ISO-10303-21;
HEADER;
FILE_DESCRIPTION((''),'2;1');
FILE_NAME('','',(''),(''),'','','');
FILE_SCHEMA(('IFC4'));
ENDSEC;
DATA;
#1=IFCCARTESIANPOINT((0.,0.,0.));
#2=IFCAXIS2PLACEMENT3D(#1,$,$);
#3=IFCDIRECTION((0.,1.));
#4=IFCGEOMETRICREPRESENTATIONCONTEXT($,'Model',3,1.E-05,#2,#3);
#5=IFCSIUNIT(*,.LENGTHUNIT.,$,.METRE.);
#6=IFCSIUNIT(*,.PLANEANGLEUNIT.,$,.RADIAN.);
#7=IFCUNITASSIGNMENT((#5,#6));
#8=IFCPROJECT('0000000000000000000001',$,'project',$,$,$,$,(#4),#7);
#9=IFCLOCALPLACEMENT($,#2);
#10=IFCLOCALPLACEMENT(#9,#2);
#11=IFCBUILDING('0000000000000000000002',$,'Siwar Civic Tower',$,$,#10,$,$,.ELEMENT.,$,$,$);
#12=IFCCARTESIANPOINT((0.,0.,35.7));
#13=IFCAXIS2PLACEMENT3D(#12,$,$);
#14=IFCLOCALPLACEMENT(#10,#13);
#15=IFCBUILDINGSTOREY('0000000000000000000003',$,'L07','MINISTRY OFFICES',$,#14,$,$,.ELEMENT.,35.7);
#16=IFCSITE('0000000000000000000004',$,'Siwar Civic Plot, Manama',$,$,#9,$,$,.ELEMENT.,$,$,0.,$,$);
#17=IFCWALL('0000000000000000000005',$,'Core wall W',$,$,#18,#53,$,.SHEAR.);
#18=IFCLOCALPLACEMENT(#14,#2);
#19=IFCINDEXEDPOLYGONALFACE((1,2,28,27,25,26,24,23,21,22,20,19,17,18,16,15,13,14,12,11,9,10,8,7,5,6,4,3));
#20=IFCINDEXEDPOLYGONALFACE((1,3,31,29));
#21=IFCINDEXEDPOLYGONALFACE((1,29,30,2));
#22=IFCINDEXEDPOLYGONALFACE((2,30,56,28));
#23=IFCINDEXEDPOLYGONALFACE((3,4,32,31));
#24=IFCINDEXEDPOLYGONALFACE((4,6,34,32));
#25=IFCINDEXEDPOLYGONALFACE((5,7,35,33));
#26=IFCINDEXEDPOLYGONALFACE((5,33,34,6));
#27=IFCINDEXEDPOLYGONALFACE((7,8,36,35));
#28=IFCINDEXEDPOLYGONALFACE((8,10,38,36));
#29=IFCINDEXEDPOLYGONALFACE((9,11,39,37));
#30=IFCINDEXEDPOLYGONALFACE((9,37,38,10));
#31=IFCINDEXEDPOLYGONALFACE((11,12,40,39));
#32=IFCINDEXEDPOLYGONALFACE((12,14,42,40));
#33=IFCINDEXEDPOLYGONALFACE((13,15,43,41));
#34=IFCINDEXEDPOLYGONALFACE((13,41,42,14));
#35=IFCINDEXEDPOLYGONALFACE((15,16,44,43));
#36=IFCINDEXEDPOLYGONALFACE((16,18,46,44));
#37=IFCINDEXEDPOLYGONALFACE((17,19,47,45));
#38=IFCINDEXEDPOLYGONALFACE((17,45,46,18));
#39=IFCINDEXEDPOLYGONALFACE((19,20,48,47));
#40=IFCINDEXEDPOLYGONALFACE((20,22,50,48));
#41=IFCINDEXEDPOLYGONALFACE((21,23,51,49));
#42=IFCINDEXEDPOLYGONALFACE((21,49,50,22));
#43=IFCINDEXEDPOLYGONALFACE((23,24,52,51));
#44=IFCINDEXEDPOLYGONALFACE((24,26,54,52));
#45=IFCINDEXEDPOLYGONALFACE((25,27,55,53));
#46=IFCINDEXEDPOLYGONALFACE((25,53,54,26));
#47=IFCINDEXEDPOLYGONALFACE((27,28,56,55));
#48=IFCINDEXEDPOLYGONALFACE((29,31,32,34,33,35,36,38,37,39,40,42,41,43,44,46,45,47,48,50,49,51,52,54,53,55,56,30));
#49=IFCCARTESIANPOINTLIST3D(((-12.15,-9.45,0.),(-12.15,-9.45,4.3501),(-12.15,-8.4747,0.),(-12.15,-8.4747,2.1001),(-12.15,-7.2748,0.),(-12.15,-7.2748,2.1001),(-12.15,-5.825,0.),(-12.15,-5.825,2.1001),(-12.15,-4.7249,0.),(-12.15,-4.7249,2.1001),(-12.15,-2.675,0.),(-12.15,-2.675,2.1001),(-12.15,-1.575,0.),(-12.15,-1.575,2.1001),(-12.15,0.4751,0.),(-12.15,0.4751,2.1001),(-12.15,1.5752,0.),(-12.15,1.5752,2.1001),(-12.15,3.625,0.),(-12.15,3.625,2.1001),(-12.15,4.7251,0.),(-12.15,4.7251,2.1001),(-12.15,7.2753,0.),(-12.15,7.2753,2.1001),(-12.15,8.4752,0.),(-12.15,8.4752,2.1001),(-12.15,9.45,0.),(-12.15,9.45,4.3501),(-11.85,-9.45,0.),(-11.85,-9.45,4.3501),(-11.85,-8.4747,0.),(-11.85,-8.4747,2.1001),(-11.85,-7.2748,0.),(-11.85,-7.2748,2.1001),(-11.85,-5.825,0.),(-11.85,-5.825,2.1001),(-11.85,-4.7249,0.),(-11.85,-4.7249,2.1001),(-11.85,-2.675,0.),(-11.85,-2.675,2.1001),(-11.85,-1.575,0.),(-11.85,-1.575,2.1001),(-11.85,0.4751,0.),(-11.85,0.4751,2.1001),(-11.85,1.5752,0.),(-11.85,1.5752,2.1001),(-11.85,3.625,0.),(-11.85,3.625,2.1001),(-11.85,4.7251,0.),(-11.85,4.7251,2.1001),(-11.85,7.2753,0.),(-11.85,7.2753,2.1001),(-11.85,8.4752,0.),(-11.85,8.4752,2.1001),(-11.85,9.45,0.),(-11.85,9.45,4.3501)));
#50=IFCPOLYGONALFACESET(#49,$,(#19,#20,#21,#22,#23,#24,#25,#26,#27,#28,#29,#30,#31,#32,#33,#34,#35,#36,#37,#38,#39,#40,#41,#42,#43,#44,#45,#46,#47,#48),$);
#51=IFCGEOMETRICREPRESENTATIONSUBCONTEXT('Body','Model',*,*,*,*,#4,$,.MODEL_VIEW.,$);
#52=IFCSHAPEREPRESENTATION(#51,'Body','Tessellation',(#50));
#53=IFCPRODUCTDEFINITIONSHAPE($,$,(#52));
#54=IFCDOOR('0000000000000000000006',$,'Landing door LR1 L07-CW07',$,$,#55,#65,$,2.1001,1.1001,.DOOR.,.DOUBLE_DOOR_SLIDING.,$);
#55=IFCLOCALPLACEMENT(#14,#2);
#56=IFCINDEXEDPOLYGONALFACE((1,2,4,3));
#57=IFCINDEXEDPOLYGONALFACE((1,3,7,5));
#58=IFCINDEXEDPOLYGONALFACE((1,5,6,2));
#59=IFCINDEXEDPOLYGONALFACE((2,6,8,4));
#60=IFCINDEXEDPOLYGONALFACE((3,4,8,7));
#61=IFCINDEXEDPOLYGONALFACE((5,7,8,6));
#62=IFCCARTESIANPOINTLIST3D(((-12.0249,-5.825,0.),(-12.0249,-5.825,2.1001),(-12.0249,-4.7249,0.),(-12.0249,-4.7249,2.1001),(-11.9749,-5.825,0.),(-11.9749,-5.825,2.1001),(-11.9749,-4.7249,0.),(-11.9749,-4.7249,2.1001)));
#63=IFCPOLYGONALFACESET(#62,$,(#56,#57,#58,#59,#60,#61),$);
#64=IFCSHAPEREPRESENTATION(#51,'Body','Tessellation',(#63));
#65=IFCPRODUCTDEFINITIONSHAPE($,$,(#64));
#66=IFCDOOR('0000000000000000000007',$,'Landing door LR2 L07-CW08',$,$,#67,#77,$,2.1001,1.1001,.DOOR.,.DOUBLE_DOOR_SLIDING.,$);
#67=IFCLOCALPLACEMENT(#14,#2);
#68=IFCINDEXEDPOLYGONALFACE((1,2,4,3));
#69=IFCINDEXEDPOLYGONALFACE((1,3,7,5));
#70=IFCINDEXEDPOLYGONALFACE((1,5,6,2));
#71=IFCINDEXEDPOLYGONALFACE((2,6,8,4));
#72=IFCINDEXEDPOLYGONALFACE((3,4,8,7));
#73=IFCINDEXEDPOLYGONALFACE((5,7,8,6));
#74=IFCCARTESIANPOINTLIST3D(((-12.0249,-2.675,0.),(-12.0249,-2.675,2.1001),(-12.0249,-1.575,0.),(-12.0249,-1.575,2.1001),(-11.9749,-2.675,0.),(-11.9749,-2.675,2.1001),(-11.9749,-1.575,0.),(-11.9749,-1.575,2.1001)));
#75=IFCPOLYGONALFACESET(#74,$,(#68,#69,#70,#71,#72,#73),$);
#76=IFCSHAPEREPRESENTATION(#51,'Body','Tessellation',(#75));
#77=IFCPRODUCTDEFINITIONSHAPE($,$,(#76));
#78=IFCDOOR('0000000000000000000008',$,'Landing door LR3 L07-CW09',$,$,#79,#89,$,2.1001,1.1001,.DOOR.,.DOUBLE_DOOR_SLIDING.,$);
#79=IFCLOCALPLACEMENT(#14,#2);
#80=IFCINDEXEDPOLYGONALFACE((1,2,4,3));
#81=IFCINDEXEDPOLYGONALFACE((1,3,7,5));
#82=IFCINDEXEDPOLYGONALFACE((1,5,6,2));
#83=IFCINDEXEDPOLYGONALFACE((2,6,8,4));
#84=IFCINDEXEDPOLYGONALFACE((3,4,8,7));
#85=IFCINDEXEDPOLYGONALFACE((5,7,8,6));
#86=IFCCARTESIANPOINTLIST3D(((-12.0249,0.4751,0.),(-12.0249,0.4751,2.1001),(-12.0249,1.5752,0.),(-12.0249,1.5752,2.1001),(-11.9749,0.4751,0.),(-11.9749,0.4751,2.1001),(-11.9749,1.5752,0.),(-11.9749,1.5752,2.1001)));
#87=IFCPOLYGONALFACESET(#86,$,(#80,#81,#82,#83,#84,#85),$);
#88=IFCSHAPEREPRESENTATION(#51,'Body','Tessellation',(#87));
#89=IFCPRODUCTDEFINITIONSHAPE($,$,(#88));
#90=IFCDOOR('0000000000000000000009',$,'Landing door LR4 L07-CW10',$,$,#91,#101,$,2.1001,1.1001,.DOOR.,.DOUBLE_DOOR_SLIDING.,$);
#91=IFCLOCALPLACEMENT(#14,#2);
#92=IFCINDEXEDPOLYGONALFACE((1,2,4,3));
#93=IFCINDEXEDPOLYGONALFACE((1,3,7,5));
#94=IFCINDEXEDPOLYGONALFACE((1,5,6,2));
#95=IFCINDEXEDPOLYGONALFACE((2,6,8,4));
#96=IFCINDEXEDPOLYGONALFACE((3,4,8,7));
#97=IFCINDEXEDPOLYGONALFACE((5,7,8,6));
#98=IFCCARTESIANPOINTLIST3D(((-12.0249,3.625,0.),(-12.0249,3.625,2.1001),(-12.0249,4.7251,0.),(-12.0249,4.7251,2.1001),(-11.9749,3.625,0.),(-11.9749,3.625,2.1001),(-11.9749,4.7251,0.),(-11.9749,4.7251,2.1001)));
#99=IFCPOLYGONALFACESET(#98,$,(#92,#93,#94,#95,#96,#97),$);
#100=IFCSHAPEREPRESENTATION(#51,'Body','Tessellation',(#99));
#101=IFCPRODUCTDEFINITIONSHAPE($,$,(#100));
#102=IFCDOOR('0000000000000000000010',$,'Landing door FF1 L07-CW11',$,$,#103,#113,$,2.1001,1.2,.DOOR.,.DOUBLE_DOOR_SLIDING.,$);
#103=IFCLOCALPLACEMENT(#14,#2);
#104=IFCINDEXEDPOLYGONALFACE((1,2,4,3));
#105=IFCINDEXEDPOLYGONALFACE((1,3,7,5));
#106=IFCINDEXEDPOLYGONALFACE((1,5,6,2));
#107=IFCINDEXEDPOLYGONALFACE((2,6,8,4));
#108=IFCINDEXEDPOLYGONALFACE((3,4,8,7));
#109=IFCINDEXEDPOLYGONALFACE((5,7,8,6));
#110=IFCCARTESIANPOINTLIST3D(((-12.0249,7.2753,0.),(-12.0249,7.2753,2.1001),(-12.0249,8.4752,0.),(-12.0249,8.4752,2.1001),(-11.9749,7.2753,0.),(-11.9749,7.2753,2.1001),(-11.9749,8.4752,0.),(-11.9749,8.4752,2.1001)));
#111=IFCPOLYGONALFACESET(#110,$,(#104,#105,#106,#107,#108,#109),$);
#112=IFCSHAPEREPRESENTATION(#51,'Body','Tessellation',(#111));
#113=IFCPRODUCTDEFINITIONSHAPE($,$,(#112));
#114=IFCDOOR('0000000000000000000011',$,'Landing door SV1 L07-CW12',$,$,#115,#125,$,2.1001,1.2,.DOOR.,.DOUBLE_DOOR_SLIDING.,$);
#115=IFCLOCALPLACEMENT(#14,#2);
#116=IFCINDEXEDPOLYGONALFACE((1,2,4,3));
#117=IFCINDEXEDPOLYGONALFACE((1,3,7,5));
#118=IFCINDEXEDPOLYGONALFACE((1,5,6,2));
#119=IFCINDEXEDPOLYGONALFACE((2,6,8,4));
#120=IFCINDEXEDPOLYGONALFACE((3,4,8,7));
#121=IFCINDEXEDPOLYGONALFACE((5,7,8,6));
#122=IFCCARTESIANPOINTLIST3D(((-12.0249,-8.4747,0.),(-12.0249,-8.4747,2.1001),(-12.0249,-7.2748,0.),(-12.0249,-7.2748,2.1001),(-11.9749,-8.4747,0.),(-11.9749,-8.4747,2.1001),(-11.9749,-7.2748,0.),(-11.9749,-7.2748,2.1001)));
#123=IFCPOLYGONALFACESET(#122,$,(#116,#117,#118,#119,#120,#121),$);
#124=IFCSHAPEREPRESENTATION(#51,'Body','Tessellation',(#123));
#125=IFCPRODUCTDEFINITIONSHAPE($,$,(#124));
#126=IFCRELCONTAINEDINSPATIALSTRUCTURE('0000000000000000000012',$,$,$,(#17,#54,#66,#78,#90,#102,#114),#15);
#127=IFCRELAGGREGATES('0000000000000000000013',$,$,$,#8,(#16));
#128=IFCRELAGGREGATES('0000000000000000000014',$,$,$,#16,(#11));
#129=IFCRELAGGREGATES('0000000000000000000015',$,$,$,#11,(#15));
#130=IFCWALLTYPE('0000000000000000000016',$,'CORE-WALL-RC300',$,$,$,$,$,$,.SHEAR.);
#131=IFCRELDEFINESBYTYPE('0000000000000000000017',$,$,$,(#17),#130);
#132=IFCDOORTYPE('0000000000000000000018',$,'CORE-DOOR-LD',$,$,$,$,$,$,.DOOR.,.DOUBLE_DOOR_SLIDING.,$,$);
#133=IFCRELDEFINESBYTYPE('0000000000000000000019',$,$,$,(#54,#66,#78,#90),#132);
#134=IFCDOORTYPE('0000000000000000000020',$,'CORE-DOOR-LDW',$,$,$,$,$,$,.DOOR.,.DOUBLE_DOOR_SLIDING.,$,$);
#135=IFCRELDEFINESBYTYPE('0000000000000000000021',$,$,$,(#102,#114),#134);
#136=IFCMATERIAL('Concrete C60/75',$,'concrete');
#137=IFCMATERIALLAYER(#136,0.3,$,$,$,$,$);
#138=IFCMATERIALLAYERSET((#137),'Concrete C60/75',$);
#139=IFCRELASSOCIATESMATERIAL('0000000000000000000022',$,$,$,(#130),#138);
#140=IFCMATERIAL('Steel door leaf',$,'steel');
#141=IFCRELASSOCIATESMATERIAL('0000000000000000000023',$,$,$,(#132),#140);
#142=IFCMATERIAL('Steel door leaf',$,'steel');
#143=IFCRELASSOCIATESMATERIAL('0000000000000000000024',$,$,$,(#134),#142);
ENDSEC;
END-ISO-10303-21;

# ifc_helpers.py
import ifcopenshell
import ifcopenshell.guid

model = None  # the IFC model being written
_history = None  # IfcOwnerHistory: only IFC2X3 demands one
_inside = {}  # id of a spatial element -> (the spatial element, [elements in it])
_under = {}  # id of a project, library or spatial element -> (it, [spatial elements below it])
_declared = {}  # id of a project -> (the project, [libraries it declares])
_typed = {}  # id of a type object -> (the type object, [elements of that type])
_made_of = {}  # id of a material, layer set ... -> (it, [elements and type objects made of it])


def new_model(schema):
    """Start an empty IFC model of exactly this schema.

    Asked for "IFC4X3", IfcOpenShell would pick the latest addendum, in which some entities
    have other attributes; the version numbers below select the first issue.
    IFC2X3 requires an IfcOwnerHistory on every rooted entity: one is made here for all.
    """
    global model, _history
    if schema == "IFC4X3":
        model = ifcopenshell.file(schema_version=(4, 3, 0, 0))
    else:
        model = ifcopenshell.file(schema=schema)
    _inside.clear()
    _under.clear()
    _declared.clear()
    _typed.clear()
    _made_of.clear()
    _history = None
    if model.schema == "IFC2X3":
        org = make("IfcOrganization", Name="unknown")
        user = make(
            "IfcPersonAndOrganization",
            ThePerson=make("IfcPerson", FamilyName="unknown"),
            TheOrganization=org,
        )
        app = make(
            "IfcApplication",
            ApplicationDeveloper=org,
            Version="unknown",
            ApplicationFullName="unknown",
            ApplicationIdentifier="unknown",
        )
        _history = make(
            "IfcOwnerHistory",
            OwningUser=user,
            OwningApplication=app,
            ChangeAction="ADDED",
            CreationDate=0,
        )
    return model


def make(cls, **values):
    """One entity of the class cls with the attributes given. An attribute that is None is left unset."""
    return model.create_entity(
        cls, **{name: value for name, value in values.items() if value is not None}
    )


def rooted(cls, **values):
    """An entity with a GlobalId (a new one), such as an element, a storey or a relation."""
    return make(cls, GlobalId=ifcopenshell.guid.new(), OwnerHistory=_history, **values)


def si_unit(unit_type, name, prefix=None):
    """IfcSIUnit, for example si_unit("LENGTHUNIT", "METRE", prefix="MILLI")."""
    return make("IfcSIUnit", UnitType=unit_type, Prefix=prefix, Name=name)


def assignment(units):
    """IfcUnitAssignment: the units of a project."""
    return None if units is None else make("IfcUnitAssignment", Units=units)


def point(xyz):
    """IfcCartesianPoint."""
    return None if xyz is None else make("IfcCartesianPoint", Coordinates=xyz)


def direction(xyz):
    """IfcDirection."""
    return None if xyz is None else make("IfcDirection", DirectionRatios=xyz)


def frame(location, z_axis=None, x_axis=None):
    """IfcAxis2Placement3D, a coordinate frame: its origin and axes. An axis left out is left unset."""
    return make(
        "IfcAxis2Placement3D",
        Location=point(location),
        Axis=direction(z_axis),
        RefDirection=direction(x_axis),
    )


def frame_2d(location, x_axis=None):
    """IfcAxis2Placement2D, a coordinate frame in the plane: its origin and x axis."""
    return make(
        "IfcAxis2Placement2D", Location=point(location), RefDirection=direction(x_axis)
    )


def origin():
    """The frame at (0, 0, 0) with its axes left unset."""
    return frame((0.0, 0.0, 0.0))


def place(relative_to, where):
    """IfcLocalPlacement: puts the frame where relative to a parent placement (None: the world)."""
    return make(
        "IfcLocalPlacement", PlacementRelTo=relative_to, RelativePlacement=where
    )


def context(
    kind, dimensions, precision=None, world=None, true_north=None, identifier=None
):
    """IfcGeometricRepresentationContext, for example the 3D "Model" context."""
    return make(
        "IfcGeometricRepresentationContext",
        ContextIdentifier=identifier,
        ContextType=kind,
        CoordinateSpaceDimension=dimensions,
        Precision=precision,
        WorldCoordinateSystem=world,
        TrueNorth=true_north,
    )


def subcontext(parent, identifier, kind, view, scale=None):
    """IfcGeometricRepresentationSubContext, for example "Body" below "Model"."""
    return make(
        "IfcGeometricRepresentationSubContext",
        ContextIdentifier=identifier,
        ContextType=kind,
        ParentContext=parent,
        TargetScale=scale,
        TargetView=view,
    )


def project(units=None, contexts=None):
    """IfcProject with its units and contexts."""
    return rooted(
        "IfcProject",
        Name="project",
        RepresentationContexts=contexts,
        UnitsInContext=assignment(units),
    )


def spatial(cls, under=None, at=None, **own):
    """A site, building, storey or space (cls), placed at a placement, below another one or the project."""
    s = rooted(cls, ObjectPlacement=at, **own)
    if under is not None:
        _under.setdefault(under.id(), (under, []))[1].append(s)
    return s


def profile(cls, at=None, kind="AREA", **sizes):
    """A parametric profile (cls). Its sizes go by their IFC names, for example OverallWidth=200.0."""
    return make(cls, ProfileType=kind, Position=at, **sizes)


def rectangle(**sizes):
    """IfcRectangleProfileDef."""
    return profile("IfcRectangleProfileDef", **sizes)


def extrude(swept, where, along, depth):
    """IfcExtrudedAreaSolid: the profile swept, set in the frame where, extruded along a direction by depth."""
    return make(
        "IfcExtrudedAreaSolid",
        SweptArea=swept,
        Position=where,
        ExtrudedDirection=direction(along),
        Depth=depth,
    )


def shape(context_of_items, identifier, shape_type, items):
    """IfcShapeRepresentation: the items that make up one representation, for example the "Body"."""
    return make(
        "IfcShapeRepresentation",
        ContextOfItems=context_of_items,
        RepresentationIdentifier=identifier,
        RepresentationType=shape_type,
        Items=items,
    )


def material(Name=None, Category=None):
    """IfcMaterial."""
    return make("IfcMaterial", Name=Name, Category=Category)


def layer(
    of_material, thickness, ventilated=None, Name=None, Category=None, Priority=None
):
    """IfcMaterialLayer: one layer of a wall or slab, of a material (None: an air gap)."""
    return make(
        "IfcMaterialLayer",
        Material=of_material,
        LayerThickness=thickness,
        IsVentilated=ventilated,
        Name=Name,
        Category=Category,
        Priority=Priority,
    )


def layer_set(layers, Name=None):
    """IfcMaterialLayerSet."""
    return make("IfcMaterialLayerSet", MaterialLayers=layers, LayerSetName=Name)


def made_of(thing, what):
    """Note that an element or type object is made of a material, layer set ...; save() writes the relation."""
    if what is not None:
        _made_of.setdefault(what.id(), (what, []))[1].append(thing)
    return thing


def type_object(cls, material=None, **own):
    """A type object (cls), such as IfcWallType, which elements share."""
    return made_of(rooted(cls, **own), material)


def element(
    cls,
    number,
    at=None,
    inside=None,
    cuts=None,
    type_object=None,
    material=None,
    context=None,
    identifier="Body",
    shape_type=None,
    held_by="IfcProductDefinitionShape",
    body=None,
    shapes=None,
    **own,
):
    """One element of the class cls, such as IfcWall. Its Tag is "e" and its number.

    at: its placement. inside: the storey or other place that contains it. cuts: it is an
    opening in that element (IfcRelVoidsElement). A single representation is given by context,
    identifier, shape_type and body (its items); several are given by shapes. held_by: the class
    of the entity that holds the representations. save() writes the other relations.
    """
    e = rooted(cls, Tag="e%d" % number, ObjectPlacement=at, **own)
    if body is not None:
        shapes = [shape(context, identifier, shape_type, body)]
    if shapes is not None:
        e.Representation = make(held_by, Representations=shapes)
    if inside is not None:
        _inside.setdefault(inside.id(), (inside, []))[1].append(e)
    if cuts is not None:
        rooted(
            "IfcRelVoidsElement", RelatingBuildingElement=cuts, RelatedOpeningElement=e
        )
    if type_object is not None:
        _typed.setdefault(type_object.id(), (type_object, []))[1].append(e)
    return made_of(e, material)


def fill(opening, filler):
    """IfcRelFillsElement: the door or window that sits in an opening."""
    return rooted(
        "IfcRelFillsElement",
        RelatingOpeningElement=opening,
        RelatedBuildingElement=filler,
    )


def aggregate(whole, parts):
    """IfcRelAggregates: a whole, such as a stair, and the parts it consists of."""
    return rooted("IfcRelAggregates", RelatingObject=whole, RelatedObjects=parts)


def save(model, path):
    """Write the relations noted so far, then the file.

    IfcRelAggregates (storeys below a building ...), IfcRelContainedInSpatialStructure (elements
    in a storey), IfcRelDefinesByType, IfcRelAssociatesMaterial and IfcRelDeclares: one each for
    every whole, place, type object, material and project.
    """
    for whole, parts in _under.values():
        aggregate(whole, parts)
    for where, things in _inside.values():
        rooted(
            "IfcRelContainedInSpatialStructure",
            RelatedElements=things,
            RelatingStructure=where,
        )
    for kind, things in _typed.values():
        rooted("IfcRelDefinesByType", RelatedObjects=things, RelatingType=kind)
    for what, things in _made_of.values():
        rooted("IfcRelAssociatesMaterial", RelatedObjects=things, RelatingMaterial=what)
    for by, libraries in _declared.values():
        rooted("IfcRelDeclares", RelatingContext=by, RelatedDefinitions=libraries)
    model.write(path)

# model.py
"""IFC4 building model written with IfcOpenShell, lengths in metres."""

from ifc_helpers import new_model, si_unit, direction, frame, frame_2d, origin, place, context, subcontext, project, spatial, rectangle, extrude, material, layer, layer_set, type_object, element, fill, save


model = new_model("IFC4")

# Units and contexts
model_context = context("Model", 3, precision=1e-05, world=origin(), true_north=direction((0.0, 1.0)))
body_context = subcontext(model_context, "Body", "Model", "MODEL_VIEW")
ifc_project = project(units=[si_unit("LENGTHUNIT", "METRE"), si_unit("PLANEANGLEUNIT", "RADIAN")], contexts=[model_context])

# Site, building, storey
site_placement = place(None, origin())
site = spatial("IfcSite", under=ifc_project, at=site_placement, Name="Siwar Civic Plot, Manama", CompositionType="ELEMENT", RefElevation=0.0)
building_placement = place(site_placement, origin())
building = spatial("IfcBuilding", under=site, at=building_placement, Name="Siwar Civic Tower", CompositionType="ELEMENT")
storey_placement = place(building_placement, frame((0.0, 0.0, 35.7)))
storey = spatial("IfcBuildingStorey", under=building, at=storey_placement, Name="L07", Description="MINISTRY OFFICES", CompositionType="ELEMENT", Elevation=35.7)

# Wall, openings, doors
ifc_material_1 = material(Name="Concrete C60/75", Category="concrete")
ifc_layer_1 = layer(ifc_material_1, 0.3)
ifc_layer_set_1 = layer_set([ifc_layer_1], Name="Concrete C60/75")
wall_type_1 = type_object("IfcWallType", Name="CORE-WALL-RC300", PredefinedType="SHEAR", material=ifc_layer_set_1)
wall_1_placement = place(storey_placement, frame((-12.0, -9.45, 0.0), z_axis=(0.0, 0.0, 1.0), x_axis=(0.0, 1.0, 0.0)))
wall_1 = element("IfcWall", 1, at=wall_1_placement, inside=storey, type_object=wall_type_1, Name="Core wall W", PredefinedType="SHEAR", context=body_context, shape_type="SweptSolid", body=[
    extrude(rectangle(XDim=18.8999, YDim=0.3, at=frame_2d((9.45, 0.0))), origin(), (0.0, 0.0, 1.0), 4.3501),
])
opening_1_placement = place(wall_1_placement, frame((3.625, 0.0, 0.0)))
opening_1 = element("IfcOpeningElement", 2, at=opening_1_placement, cuts=wall_1, PredefinedType="OPENING", context=body_context, shape_type="SweptSolid", body=[
    extrude(rectangle(XDim=1.1001, YDim=2.1001, at=frame_2d((0.55, 1.05))), frame((0.0, 0.1602, 0.0), z_axis=(0.0, -1.0, 0.0), x_axis=(1.0, 0.0, 0.0)), (0.0, 0.0, 1.0), 0.3201),
])
opening_2_placement = place(wall_1_placement, frame((6.7749, 0.0, 0.0)))
opening_2 = element("IfcOpeningElement", 3, at=opening_2_placement, cuts=wall_1, PredefinedType="OPENING", context=body_context, shape_type="SweptSolid", body=[
    extrude(rectangle(XDim=1.1001, YDim=2.1001, at=frame_2d((0.55, 1.05))), frame((0.0, 0.1602, 0.0), z_axis=(0.0, -1.0, 0.0), x_axis=(1.0, 0.0, 0.0)), (0.0, 0.0, 1.0), 0.3201),
])
opening_3_placement = place(wall_1_placement, frame((9.925, 0.0, 0.0)))
opening_3 = element("IfcOpeningElement", 4, at=opening_3_placement, cuts=wall_1, PredefinedType="OPENING", context=body_context, shape_type="SweptSolid", body=[
    extrude(rectangle(XDim=1.1001, YDim=2.1001, at=frame_2d((0.55, 1.05))), frame((0.0, 0.1602, 0.0), z_axis=(0.0, -1.0, 0.0), x_axis=(1.0, 0.0, 0.0)), (0.0, 0.0, 1.0), 0.3201),
])
opening_4_placement = place(wall_1_placement, frame((13.075, 0.0, 0.0)))
opening_4 = element("IfcOpeningElement", 5, at=opening_4_placement, cuts=wall_1, PredefinedType="OPENING", context=body_context, shape_type="SweptSolid", body=[
    extrude(rectangle(XDim=1.1001, YDim=2.1001, at=frame_2d((0.55, 1.05))), frame((0.0, 0.1602, 0.0), z_axis=(0.0, -1.0, 0.0), x_axis=(1.0, 0.0, 0.0)), (0.0, 0.0, 1.0), 0.3201),
])
opening_5_placement = place(wall_1_placement, frame((16.7251, 0.0, 0.0)))
opening_5 = element("IfcOpeningElement", 6, at=opening_5_placement, cuts=wall_1, PredefinedType="OPENING", context=body_context, shape_type="SweptSolid", body=[
    extrude(rectangle(XDim=1.2, YDim=2.1001, at=frame_2d((0.6001, 1.05))), frame((0.0, 0.1602, 0.0), z_axis=(0.0, -1.0, 0.0), x_axis=(1.0, 0.0, 0.0)), (0.0, 0.0, 1.0), 0.3201),
])
opening_6_placement = place(wall_1_placement, frame((0.9751, 0.0, 0.0)))
opening_6 = element("IfcOpeningElement", 7, at=opening_6_placement, cuts=wall_1, PredefinedType="OPENING", context=body_context, shape_type="SweptSolid", body=[
    extrude(rectangle(XDim=1.2, YDim=2.1001, at=frame_2d((0.6001, 1.05))), frame((0.0, 0.1602, 0.0), z_axis=(0.0, -1.0, 0.0), x_axis=(1.0, 0.0, 0.0)), (0.0, 0.0, 1.0), 0.3201),
])
ifc_material_2 = material(Name="Steel door leaf", Category="steel")
door_type_1 = type_object("IfcDoorType", Name="CORE-DOOR-LD", OperationType="DOUBLE_DOOR_SLIDING", PredefinedType="DOOR", material=ifc_material_2)
door_1_placement = place(opening_1_placement, origin())
door_1 = element("IfcDoor", 8, at=door_1_placement, inside=storey, type_object=door_type_1, Name="Landing door LR1 L07-CW07", OperationType="DOUBLE_DOOR_SLIDING", OverallHeight=2.1001, OverallWidth=1.1001, PredefinedType="DOOR", context=body_context, shape_type="SweptSolid", body=[
    extrude(rectangle(XDim=1.1001, YDim=2.1001, at=frame_2d((0.55, 1.05))), frame((0.0, 0.0249, 0.0), z_axis=(0.0, -1.0, 0.0), x_axis=(1.0, 0.0, 0.0)), (0.0, 0.0, 1.0), 0.05),
])
fill(opening_1, door_1)
door_2_placement = place(opening_2_placement, origin())
door_2 = element("IfcDoor", 9, at=door_2_placement, inside=storey, type_object=door_type_1, Name="Landing door LR2 L07-CW08", OperationType="DOUBLE_DOOR_SLIDING", OverallHeight=2.1001, OverallWidth=1.1001, PredefinedType="DOOR", context=body_context, shape_type="SweptSolid", body=[
    extrude(rectangle(XDim=1.1001, YDim=2.1001, at=frame_2d((0.55, 1.05))), frame((0.0, 0.0249, 0.0), z_axis=(0.0, -1.0, 0.0), x_axis=(1.0, 0.0, 0.0)), (0.0, 0.0, 1.0), 0.05),
])
fill(opening_2, door_2)
door_3_placement = place(opening_3_placement, origin())
door_3 = element("IfcDoor", 10, at=door_3_placement, inside=storey, type_object=door_type_1, Name="Landing door LR3 L07-CW09", OperationType="DOUBLE_DOOR_SLIDING", OverallHeight=2.1001, OverallWidth=1.1001, PredefinedType="DOOR", context=body_context, shape_type="SweptSolid", body=[
    extrude(rectangle(XDim=1.1001, YDim=2.1001, at=frame_2d((0.55, 1.05))), frame((0.0, 0.0249, 0.0), z_axis=(0.0, -1.0, 0.0), x_axis=(1.0, 0.0, 0.0)), (0.0, 0.0, 1.0), 0.05),
])
fill(opening_3, door_3)
door_4_placement = place(opening_4_placement, origin())
door_4 = element("IfcDoor", 11, at=door_4_placement, inside=storey, type_object=door_type_1, Name="Landing door LR4 L07-CW10", OperationType="DOUBLE_DOOR_SLIDING", OverallHeight=2.1001, OverallWidth=1.1001, PredefinedType="DOOR", context=body_context, shape_type="SweptSolid", body=[
    extrude(rectangle(XDim=1.1001, YDim=2.1001, at=frame_2d((0.55, 1.05))), frame((0.0, 0.0249, 0.0), z_axis=(0.0, -1.0, 0.0), x_axis=(1.0, 0.0, 0.0)), (0.0, 0.0, 1.0), 0.05),
])
fill(opening_4, door_4)
ifc_material_3 = material(Name="Steel door leaf", Category="steel")
door_type_2 = type_object("IfcDoorType", Name="CORE-DOOR-LDW", OperationType="DOUBLE_DOOR_SLIDING", PredefinedType="DOOR", material=ifc_material_3)
door_5_placement = place(opening_5_placement, origin())
door_5 = element("IfcDoor", 12, at=door_5_placement, inside=storey, type_object=door_type_2, Name="Landing door FF1 L07-CW11", OperationType="DOUBLE_DOOR_SLIDING", OverallHeight=2.1001, OverallWidth=1.2, PredefinedType="DOOR", context=body_context, shape_type="SweptSolid", body=[
    extrude(rectangle(XDim=1.2, YDim=2.1001, at=frame_2d((0.6001, 1.05))), frame((0.0, 0.0249, 0.0), z_axis=(0.0, -1.0, 0.0), x_axis=(1.0, 0.0, 0.0)), (0.0, 0.0, 1.0), 0.05),
])
fill(opening_5, door_5)
door_6_placement = place(opening_6_placement, origin())
door_6 = element("IfcDoor", 13, at=door_6_placement, inside=storey, type_object=door_type_2, Name="Landing door SV1 L07-CW12", OperationType="DOUBLE_DOOR_SLIDING", OverallHeight=2.1001, OverallWidth=1.2, PredefinedType="DOOR", context=body_context, shape_type="SweptSolid", body=[
    extrude(rectangle(XDim=1.2, YDim=2.1001, at=frame_2d((0.6001, 1.05))), frame((0.0, 0.0249, 0.0), z_axis=(0.0, -1.0, 0.0), x_axis=(1.0, 0.0, 0.0)), (0.0, 0.0, 1.0), 0.05),
])
fill(opening_6, door_6)

save(model, "model.ifc")
